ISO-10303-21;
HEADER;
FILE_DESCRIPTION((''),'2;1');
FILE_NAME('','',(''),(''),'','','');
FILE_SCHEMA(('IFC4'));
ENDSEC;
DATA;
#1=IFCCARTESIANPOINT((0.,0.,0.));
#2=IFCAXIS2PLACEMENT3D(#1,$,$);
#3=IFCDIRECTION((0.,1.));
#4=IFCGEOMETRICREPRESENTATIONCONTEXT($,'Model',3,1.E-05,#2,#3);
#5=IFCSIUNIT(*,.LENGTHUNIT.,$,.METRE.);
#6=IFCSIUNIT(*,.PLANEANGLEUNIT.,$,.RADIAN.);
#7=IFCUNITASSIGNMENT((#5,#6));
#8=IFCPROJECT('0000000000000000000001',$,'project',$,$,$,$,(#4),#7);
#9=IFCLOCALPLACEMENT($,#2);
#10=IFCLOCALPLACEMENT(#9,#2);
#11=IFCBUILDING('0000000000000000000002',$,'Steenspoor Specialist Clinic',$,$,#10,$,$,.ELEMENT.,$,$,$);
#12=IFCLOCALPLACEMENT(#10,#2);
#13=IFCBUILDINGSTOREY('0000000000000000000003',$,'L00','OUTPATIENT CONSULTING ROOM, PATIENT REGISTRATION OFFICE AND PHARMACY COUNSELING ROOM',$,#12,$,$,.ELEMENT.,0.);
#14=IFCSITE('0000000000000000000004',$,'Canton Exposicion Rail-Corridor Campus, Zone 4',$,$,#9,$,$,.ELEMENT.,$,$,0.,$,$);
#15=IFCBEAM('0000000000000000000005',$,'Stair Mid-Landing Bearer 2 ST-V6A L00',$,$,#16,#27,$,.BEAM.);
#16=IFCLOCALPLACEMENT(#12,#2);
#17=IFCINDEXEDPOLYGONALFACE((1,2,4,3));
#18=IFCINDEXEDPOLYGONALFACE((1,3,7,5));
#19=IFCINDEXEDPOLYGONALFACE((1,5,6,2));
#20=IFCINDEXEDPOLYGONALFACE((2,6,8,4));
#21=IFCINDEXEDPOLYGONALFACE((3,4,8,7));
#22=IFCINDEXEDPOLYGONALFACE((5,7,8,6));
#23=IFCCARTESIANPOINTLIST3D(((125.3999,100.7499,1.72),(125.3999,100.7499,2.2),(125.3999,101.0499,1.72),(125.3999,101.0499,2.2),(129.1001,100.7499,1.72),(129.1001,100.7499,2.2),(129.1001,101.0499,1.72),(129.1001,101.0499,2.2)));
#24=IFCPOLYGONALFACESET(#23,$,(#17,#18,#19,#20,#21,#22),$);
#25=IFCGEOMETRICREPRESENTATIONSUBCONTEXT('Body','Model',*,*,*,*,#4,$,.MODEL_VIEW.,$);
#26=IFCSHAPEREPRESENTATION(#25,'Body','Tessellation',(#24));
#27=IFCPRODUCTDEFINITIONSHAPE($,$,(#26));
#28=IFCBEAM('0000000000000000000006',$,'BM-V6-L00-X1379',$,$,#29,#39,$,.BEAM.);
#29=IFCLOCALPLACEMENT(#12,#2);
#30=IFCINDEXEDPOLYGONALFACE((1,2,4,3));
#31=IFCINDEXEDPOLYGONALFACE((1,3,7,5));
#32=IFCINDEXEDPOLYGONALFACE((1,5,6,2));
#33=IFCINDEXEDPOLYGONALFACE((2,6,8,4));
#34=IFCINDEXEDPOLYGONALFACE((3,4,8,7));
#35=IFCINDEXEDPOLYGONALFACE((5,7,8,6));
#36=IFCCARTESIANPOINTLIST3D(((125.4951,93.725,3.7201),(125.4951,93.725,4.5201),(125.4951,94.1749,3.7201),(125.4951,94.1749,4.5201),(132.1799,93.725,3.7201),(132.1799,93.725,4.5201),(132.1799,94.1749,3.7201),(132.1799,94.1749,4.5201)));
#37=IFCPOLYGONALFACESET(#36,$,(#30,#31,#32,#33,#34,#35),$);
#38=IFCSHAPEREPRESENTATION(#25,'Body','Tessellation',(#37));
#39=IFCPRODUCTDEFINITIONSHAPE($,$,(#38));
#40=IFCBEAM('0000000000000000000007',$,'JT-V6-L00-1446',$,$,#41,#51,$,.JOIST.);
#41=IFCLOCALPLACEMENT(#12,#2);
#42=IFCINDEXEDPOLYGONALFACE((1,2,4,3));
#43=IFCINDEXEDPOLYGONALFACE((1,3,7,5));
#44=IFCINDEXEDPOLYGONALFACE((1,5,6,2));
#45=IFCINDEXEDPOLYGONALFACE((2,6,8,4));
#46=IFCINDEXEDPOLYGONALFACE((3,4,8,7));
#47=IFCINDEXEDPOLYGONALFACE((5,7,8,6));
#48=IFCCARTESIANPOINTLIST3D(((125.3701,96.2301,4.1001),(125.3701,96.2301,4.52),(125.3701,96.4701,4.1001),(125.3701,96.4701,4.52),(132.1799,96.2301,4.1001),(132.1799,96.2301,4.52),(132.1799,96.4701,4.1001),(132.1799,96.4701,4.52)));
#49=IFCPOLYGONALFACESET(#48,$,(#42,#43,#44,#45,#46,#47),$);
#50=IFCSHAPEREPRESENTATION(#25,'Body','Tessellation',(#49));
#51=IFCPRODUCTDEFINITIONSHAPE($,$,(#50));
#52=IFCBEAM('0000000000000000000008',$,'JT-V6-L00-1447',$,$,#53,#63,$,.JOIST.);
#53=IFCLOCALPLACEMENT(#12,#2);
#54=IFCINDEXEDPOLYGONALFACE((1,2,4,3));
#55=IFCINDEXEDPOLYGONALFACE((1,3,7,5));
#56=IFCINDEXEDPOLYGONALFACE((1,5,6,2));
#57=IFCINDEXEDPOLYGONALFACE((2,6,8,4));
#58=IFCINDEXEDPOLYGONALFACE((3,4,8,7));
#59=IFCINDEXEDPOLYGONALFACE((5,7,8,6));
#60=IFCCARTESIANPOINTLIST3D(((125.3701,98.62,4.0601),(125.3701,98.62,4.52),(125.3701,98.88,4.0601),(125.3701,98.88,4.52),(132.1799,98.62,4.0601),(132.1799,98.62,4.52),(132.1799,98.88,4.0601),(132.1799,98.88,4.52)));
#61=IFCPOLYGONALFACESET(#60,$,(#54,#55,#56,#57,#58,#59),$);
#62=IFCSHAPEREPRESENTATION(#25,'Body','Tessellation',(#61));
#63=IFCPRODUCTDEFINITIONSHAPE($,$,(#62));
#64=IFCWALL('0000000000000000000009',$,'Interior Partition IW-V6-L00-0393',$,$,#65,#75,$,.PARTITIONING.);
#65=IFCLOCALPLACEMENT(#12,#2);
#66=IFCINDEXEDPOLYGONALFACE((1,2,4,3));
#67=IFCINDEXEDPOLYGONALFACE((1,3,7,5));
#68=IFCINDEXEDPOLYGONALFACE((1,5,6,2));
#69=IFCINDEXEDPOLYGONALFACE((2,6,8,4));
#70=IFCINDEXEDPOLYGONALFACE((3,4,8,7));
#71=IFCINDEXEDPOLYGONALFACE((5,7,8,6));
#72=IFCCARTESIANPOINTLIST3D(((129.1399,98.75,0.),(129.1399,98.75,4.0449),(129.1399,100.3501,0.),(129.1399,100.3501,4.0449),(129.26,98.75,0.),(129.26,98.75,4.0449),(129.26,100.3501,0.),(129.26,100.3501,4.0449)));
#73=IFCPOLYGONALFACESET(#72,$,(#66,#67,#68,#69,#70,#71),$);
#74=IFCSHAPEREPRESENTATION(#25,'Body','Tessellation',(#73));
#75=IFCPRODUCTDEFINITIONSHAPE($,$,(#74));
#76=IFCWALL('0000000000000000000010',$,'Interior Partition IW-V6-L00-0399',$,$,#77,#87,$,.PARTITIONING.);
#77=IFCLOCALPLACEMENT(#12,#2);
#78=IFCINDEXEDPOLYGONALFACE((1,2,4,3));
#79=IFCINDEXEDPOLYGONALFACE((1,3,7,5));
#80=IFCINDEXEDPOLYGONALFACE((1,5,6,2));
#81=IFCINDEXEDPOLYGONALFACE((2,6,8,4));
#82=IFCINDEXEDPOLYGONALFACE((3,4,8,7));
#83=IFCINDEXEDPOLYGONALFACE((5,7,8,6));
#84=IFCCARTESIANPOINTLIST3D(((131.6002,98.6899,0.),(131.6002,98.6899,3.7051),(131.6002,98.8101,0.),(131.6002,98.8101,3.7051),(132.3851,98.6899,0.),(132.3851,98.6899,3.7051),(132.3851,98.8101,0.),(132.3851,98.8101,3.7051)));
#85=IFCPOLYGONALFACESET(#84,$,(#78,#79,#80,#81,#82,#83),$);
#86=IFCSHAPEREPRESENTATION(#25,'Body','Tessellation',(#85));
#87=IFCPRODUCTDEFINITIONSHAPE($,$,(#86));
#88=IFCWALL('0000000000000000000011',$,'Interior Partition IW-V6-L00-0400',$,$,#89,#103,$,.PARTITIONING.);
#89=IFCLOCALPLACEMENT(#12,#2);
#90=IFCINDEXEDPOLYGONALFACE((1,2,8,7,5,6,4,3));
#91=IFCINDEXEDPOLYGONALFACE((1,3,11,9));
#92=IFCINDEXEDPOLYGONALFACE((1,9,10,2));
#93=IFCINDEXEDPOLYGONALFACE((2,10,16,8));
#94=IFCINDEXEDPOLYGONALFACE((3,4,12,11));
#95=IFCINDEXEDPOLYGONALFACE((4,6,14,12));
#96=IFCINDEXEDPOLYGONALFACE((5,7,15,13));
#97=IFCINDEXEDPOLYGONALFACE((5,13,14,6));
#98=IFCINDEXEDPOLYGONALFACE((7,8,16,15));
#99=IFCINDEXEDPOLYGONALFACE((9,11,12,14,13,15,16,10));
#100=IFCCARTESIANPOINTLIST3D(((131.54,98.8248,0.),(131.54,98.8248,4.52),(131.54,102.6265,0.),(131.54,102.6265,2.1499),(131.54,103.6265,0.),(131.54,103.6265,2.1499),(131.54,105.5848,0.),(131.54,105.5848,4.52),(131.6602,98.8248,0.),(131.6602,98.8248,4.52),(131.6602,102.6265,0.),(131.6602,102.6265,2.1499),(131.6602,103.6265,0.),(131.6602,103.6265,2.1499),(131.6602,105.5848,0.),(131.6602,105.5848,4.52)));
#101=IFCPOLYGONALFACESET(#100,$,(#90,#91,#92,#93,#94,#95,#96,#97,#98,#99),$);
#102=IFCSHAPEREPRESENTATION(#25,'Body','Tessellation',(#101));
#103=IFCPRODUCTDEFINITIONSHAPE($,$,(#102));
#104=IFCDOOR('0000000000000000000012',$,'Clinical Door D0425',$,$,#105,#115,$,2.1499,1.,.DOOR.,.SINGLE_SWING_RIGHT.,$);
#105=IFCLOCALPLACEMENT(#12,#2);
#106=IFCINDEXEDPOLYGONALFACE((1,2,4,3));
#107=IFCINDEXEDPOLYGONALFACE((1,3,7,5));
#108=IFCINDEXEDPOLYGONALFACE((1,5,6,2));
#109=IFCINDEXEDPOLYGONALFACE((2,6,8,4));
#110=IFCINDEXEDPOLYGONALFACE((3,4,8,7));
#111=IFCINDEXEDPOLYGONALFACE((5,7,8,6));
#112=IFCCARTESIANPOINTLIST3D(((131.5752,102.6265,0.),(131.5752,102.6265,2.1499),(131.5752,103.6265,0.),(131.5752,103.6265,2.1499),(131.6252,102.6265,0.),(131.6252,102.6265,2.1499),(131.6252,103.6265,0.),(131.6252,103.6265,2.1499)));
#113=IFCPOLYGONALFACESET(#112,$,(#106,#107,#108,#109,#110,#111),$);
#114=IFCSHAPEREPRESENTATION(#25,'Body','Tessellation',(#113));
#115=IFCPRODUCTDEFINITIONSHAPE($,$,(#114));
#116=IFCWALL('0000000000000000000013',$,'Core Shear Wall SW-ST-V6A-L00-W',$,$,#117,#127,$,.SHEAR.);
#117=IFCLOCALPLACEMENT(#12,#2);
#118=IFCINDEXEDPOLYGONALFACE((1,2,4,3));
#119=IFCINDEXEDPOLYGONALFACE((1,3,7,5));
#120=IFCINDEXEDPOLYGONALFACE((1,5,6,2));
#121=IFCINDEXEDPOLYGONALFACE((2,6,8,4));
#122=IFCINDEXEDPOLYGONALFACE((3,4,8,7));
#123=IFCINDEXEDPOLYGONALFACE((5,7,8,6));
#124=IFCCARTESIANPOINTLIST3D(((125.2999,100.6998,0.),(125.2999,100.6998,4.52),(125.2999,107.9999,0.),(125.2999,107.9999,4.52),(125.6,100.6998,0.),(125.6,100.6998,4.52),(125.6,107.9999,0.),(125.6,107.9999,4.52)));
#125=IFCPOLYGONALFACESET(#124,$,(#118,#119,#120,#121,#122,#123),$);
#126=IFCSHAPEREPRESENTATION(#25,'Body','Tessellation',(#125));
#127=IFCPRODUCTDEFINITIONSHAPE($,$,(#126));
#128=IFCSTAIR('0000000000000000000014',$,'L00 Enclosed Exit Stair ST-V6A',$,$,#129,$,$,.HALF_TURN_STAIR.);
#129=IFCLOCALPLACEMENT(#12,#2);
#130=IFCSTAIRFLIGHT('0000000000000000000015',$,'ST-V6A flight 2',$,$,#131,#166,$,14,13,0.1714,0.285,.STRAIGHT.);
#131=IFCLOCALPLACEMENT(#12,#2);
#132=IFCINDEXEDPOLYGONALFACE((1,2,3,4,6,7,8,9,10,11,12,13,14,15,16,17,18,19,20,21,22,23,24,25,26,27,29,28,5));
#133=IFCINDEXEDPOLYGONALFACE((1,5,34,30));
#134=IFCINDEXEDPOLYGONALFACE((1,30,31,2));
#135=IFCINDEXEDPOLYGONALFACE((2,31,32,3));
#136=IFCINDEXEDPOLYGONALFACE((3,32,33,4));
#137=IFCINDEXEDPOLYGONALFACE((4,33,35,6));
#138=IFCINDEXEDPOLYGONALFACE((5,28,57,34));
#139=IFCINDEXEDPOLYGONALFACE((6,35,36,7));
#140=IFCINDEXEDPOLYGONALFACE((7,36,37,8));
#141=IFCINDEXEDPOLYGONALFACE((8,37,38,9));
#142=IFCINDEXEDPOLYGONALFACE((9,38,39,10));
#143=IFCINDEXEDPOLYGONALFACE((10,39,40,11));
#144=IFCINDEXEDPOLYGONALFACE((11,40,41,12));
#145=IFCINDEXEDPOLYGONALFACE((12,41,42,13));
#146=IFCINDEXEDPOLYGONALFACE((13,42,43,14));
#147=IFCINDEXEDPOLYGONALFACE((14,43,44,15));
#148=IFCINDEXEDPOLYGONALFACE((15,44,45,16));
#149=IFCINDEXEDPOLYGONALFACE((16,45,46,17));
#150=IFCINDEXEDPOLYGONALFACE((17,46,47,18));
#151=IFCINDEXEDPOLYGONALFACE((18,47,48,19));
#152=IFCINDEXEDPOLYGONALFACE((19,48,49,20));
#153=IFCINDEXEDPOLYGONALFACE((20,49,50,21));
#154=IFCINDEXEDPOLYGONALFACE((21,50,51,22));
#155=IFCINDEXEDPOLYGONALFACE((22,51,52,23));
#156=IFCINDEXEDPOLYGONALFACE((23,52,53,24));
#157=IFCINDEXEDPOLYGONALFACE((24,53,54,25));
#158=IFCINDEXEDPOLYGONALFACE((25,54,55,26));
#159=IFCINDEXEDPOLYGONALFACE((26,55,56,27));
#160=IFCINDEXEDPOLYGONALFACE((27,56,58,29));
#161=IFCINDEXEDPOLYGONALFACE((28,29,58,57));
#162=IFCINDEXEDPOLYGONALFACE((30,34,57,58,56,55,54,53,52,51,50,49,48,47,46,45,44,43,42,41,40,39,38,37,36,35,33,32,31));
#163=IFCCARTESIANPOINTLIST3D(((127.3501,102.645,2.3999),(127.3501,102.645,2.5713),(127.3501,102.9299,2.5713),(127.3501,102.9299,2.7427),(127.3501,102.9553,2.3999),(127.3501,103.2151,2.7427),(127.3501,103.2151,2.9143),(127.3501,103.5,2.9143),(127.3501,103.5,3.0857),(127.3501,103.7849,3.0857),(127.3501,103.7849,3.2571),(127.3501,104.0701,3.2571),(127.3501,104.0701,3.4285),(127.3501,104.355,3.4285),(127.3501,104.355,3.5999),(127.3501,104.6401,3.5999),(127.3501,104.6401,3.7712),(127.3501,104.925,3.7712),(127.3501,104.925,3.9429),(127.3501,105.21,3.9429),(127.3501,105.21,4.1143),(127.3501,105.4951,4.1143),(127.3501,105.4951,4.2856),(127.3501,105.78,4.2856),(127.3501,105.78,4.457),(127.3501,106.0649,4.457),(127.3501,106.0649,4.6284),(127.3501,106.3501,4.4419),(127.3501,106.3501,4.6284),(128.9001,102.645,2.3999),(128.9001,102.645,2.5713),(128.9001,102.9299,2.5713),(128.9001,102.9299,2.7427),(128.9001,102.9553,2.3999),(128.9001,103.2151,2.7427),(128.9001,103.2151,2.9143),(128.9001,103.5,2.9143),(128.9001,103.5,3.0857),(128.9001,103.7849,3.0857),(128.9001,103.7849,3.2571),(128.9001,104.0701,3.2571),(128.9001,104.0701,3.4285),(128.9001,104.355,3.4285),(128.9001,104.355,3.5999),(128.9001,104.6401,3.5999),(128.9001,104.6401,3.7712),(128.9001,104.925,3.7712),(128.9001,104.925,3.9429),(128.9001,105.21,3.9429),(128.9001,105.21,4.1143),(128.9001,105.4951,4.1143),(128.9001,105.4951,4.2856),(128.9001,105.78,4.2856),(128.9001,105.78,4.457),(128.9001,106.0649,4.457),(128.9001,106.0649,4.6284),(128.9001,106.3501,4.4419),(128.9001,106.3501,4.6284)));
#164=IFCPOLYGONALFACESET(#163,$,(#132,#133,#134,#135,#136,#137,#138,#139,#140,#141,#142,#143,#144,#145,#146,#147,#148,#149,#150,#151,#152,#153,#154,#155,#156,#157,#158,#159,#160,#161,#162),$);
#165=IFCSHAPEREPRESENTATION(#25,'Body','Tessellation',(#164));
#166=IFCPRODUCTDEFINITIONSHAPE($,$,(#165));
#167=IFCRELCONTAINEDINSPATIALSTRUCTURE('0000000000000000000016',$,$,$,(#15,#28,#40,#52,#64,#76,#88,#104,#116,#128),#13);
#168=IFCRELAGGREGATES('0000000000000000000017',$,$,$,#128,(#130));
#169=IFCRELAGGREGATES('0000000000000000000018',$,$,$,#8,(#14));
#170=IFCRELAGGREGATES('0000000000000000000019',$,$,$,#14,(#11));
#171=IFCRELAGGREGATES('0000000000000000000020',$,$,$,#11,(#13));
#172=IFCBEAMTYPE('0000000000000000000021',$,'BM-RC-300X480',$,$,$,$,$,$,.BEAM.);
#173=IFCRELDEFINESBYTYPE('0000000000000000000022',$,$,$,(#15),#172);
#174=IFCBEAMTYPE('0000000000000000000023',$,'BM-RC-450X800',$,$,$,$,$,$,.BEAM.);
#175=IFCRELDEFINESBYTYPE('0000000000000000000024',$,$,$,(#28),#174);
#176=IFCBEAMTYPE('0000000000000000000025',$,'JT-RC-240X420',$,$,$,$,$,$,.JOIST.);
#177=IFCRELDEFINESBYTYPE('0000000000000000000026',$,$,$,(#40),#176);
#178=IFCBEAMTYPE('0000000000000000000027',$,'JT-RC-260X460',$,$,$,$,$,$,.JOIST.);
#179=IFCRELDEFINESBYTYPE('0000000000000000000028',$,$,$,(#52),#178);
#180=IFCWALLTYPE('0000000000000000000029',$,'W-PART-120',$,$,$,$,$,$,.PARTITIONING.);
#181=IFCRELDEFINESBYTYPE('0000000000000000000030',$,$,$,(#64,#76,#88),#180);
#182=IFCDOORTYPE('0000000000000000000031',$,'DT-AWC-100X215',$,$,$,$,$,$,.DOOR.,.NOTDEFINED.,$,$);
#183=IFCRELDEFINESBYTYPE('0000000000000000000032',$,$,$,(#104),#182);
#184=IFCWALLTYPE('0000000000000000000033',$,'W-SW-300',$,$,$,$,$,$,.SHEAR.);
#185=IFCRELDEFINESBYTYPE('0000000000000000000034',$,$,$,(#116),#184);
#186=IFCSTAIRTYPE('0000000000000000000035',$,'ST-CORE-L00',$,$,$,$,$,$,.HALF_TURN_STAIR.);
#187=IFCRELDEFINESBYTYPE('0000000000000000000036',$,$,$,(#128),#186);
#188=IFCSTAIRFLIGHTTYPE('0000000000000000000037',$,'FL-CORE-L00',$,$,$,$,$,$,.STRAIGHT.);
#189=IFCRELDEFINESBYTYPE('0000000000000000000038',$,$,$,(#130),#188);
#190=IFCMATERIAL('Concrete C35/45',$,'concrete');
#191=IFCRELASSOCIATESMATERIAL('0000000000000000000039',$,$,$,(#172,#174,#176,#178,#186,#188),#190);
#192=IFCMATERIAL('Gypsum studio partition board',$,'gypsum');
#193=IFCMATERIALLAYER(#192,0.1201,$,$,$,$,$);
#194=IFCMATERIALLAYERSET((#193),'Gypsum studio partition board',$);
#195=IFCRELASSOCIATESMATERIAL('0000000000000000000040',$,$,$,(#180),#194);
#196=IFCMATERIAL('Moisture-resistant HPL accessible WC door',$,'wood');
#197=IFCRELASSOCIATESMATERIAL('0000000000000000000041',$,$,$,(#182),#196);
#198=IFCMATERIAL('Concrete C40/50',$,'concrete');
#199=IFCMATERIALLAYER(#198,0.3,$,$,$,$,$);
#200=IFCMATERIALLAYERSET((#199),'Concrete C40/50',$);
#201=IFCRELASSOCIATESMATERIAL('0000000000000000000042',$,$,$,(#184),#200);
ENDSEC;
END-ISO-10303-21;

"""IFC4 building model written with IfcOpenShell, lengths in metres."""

from ifc_helpers import new_model, si_unit, direction, frame, frame_2d, origin, origin_2d, place, context, subcontext, project, spatial, polyline, rectangle, outline, extrude, material, layer, layer_set, material_profile, profile_set, type_object, element, fill, aggregate, save


model = new_model("IFC4")

# Units and contexts
model_context = context("Model", 3, precision=1e-05, world=origin(), true_north=direction((0.0, 1.0)))
body_context = subcontext(model_context, "Body", "Model", "MODEL_VIEW")
ifc_project = project(units=[si_unit("LENGTHUNIT", "METRE"), si_unit("PLANEANGLEUNIT", "RADIAN")], contexts=[model_context])

# Site, building, storey
site_placement = place(None, origin())
site = spatial("IfcSite", under=ifc_project, at=site_placement, Name="Canton Exposicion Rail-Corridor Campus, Zone 4", CompositionType="ELEMENT", RefElevation=0.0)
building_placement = place(site_placement, origin())
building = spatial("IfcBuilding", under=site, at=building_placement, Name="Steenspoor Specialist Clinic", CompositionType="ELEMENT")
storey_placement = place(building_placement, origin())
storey = spatial("IfcBuildingStorey", under=building, at=storey_placement, Name="L00", Description="OUTPATIENT CONSULTING ROOM, PATIENT REGISTRATION OFFICE AND PHARMACY COUNSELING ROOM", CompositionType="ELEMENT", Elevation=0.0)

# Shared definitions
ifc_material_1 = material(Name="Concrete C35/45", Category="concrete")

# Beams
ifc_material_profile_1 = material_profile(ifc_material_1, rectangle(XDim=0.3, YDim=0.48, at=origin_2d()), Name="RC-BM-300X480")
ifc_profile_set_1 = profile_set([ifc_material_profile_1], Name="Concrete C35/45")
beam_type_1 = type_object("IfcBeamType", Name="BM-RC-300X480", PredefinedType="BEAM", material=ifc_profile_set_1)
for number, where, z_axis, x_axis, name in (
    (1, (125.3999, 100.8999, 1.96), (1.0, 0.0, 0.0), (0.0, 1.0, 0.0), "Stair Mid-Landing Bearer 2 ST-V6A L00"),
):
    element("IfcBeam", number, at=place(storey_placement, frame(where, z_axis=z_axis, x_axis=x_axis)), inside=storey, type_object=beam_type_1, Name=name, PredefinedType="BEAM", context=body_context, shape_type="SweptSolid", body=[
        extrude(rectangle(XDim=0.3, YDim=0.48, at=origin_2d()), origin(), (0.0, 0.0, 1.0), 3.7002),
    ])
ifc_material_profile_2 = material_profile(ifc_material_1, rectangle(XDim=0.45, YDim=0.8, at=origin_2d()), Name="RC-BM-450X800")
ifc_profile_set_2 = profile_set([ifc_material_profile_2], Name="Concrete C35/45")
beam_type_2 = type_object("IfcBeamType", Name="BM-RC-450X800", PredefinedType="BEAM", material=ifc_profile_set_2)
beam_1_placement = place(storey_placement, frame((125.4951, 93.95, 4.1201), z_axis=(1.0, 0.0, 0.0), x_axis=(0.0, 1.0, 0.0)))
element("IfcBeam", 2, at=beam_1_placement, inside=storey, type_object=beam_type_2, Name="BM-V6-L00-X1379", PredefinedType="BEAM", context=body_context, shape_type="SweptSolid", body=[
    extrude(rectangle(XDim=0.45, YDim=0.8, at=origin_2d()), origin(), (0.0, 0.0, 1.0), 6.6848),
])
ifc_material_profile_3 = material_profile(ifc_material_1, rectangle(XDim=0.24, YDim=0.4199, at=origin_2d()), Name="RC-JT-240X420")
ifc_profile_set_3 = profile_set([ifc_material_profile_3], Name="Concrete C35/45")
beam_type_3 = type_object("IfcBeamType", Name="JT-RC-240X420", PredefinedType="JOIST", material=ifc_profile_set_3)
beam_2_placement = place(storey_placement, frame((125.3701, 96.3501, 4.3101), z_axis=(1.0, 0.0, 0.0), x_axis=(0.0, 1.0, 0.0)))
element("IfcBeam", 3, at=beam_2_placement, inside=storey, type_object=beam_type_3, Name="JT-V6-L00-1446", PredefinedType="JOIST", context=body_context, shape_type="SweptSolid", body=[
    extrude(rectangle(XDim=0.24, YDim=0.4199, at=origin_2d()), origin(), (0.0, 0.0, 1.0), 6.8098),
])
ifc_material_profile_4 = material_profile(ifc_material_1, rectangle(XDim=0.26, YDim=0.46, at=origin_2d()), Name="RC-JT-260X460")
ifc_profile_set_4 = profile_set([ifc_material_profile_4], Name="Concrete C35/45")
beam_type_4 = type_object("IfcBeamType", Name="JT-RC-260X460", PredefinedType="JOIST", material=ifc_profile_set_4)
beam_3_placement = place(storey_placement, frame((125.3701, 98.75, 4.29), z_axis=(1.0, 0.0, 0.0), x_axis=(0.0, 1.0, 0.0)))
element("IfcBeam", 4, at=beam_3_placement, inside=storey, type_object=beam_type_4, Name="JT-V6-L00-1447", PredefinedType="JOIST", context=body_context, shape_type="SweptSolid", body=[
    extrude(rectangle(XDim=0.26, YDim=0.46, at=origin_2d()), origin(), (0.0, 0.0, 1.0), 6.8098),
])

# Walls
ifc_material_2 = material(Name="Gypsum studio partition board", Category="gypsum")
ifc_layer_1 = layer(ifc_material_2, 0.1201)
ifc_layer_set_1 = layer_set([ifc_layer_1], Name="Gypsum studio partition board")
wall_type_1 = type_object("IfcWallType", Name="W-PART-120", PredefinedType="PARTITIONING", material=ifc_layer_set_1)
wall_1_placement = place(storey_placement, frame((129.2, 98.75, 0.0), z_axis=(0.0, 0.0, 1.0), x_axis=(0.0, 1.0, 0.0)))
element("IfcWall", 5, at=wall_1_placement, inside=storey, type_object=wall_type_1, Name="Interior Partition IW-V6-L00-0393", PredefinedType="PARTITIONING", context=body_context, shape_type="SweptSolid", body=[
    extrude(rectangle(XDim=1.6001, YDim=0.1201, at=frame_2d((0.8, 0.0))), origin(), (0.0, 0.0, 1.0), 4.0449),
])
wall_2_placement = place(storey_placement, frame((131.6001, 98.75, 0.0), z_axis=(0.0, 0.0, 1.0), x_axis=(1.0, 0.0, 0.0)))
element("IfcWall", 6, at=wall_2_placement, inside=storey, type_object=wall_type_1, Name="Interior Partition IW-V6-L00-0399", PredefinedType="PARTITIONING", context=body_context, shape_type="SweptSolid", body=[
    extrude(rectangle(XDim=0.7849, YDim=0.1201, at=frame_2d((0.3926, 0.0))), origin(), (0.0, 0.0, 1.0), 3.7051),
])

# Wall, opening, door
wall_3_placement = place(storey_placement, frame((131.6001, 98.825, 0.0), z_axis=(0.0, 0.0, 1.0), x_axis=(0.0, 1.0, 0.0)))
wall_3 = element("IfcWall", 7, at=wall_3_placement, inside=storey, type_object=wall_type_1, Name="Interior Partition IW-V6-L00-0400", PredefinedType="PARTITIONING", context=body_context, shape_type="SweptSolid", body=[
    extrude(rectangle(XDim=6.76, YDim=0.1201, at=frame_2d((3.3799, 0.0))), origin(), (0.0, 0.0, 1.0), 4.52),
])
opening_1_placement = place(wall_3_placement, frame((3.8015, 0.0, 0.0)))
opening_1 = element("IfcOpeningElement", 8, at=opening_1_placement, cuts=wall_3, PredefinedType="OPENING", context=body_context, shape_type="SweptSolid", body=[
    extrude(rectangle(XDim=1.0, YDim=2.1499, at=frame_2d((0.5, 1.075))), frame((0.0, 0.0701, 0.0), z_axis=(0.0, -1.0, 0.0), x_axis=(1.0, 0.0, 0.0)), (0.0, 0.0, 1.0), 0.1401),
])
ifc_material_3 = material(Name="Moisture-resistant HPL accessible WC door", Category="wood")
door_type_1 = type_object("IfcDoorType", Name="DT-AWC-100X215", OperationType="NOTDEFINED", PredefinedType="DOOR", material=ifc_material_3)
door_1_placement = place(opening_1_placement, origin())
door_1 = element("IfcDoor", 9, at=door_1_placement, inside=storey, type_object=door_type_1, Name="Clinical Door D0425", OperationType="SINGLE_SWING_RIGHT", OverallHeight=2.1499, OverallWidth=1.0, PredefinedType="DOOR", context=body_context, shape_type="SweptSolid", body=[
    extrude(rectangle(XDim=1.0, YDim=2.1499, at=frame_2d((0.5, 1.075))), frame((0.0, 0.0249, 0.0), z_axis=(0.0, -1.0, 0.0), x_axis=(1.0, 0.0, 0.0)), (0.0, 0.0, 1.0), 0.05),
])
fill(opening_1, door_1)

# Wall
ifc_material_4 = material(Name="Concrete C40/50", Category="concrete")
ifc_layer_2 = layer(ifc_material_4, 0.3)
ifc_layer_set_2 = layer_set([ifc_layer_2], Name="Concrete C40/50")
wall_type_2 = type_object("IfcWallType", Name="W-SW-300", PredefinedType="SHEAR", material=ifc_layer_set_2)
wall_4_placement = place(storey_placement, frame((125.45, 100.7, 0.0), z_axis=(0.0, 0.0, 1.0), x_axis=(0.0, 1.0, 0.0)))
element("IfcWall", 10, at=wall_4_placement, inside=storey, type_object=wall_type_2, Name="Core Shear Wall SW-ST-V6A-L00-W", PredefinedType="SHEAR", context=body_context, shape_type="SweptSolid", body=[
    extrude(rectangle(XDim=7.3, YDim=0.3, at=frame_2d((3.6499, 0.0))), origin(), (0.0, 0.0, 1.0), 4.52),
])

# Stair, stair flight
stair_type = type_object("IfcStairType", Name="ST-CORE-L00", PredefinedType="HALF_TURN_STAIR", material=ifc_material_1)
stair_placement = place(storey_placement, origin())
stair = element("IfcStair", 11, at=stair_placement, inside=storey, type_object=stair_type, Name="L00 Enclosed Exit Stair ST-V6A", PredefinedType="HALF_TURN_STAIR")
stair_flight_type = type_object("IfcStairFlightType", Name="FL-CORE-L00", PredefinedType="STRAIGHT", material=ifc_material_1)
stair_flight_placement = place(storey_placement, frame((128.125, 102.645, 2.3999), z_axis=(0.0, 0.0, 1.0), x_axis=(0.0, 1.0, 0.0)))
stair_flight = element("IfcStairFlight", 12, at=stair_flight_placement, type_object=stair_flight_type, Name="ST-V6A flight 2", NumberOfRisers=14, NumberOfTreads=13, PredefinedType="STRAIGHT", RiserHeight=0.1714, TreadLength=0.285, context=body_context, shape_type="SweptSolid", body=[
    extrude(outline(polyline([(0.0, 0.0), (0.0, 0.1714), (0.2849, 0.1714), (0.2849, 0.3428), (0.5701, 0.3428), (0.5701, 0.5144), (0.855, 0.5144), (0.855, 0.6858), (1.1399, 0.6858), (1.1399, 0.8572), (1.425, 0.8572), (1.425, 1.0286), (1.71, 1.0286), (1.71, 1.2), (1.9951, 1.2), (1.9951, 1.3713), (2.28, 1.3713), (2.28, 1.543), (2.5649, 1.543), (2.5649, 1.7144), (2.8501, 1.7144), (2.8501, 1.8857), (3.135, 1.8857), (3.135, 2.0571), (3.4199, 2.0571), (3.4199, 2.2285), (3.7051, 2.2285), (3.7051, 2.3999), (3.7051, 2.042), (0.3103, 0.0), (0.0, 0.0)])), frame((0.0, 0.7749, 0.0), z_axis=(0.0, -1.0, 0.0), x_axis=(1.0, 0.0, 0.0)), (0.0, 0.0, 1.0), 1.55),
])
aggregate(stair, [stair_flight])

save(model, "model.ifc")
